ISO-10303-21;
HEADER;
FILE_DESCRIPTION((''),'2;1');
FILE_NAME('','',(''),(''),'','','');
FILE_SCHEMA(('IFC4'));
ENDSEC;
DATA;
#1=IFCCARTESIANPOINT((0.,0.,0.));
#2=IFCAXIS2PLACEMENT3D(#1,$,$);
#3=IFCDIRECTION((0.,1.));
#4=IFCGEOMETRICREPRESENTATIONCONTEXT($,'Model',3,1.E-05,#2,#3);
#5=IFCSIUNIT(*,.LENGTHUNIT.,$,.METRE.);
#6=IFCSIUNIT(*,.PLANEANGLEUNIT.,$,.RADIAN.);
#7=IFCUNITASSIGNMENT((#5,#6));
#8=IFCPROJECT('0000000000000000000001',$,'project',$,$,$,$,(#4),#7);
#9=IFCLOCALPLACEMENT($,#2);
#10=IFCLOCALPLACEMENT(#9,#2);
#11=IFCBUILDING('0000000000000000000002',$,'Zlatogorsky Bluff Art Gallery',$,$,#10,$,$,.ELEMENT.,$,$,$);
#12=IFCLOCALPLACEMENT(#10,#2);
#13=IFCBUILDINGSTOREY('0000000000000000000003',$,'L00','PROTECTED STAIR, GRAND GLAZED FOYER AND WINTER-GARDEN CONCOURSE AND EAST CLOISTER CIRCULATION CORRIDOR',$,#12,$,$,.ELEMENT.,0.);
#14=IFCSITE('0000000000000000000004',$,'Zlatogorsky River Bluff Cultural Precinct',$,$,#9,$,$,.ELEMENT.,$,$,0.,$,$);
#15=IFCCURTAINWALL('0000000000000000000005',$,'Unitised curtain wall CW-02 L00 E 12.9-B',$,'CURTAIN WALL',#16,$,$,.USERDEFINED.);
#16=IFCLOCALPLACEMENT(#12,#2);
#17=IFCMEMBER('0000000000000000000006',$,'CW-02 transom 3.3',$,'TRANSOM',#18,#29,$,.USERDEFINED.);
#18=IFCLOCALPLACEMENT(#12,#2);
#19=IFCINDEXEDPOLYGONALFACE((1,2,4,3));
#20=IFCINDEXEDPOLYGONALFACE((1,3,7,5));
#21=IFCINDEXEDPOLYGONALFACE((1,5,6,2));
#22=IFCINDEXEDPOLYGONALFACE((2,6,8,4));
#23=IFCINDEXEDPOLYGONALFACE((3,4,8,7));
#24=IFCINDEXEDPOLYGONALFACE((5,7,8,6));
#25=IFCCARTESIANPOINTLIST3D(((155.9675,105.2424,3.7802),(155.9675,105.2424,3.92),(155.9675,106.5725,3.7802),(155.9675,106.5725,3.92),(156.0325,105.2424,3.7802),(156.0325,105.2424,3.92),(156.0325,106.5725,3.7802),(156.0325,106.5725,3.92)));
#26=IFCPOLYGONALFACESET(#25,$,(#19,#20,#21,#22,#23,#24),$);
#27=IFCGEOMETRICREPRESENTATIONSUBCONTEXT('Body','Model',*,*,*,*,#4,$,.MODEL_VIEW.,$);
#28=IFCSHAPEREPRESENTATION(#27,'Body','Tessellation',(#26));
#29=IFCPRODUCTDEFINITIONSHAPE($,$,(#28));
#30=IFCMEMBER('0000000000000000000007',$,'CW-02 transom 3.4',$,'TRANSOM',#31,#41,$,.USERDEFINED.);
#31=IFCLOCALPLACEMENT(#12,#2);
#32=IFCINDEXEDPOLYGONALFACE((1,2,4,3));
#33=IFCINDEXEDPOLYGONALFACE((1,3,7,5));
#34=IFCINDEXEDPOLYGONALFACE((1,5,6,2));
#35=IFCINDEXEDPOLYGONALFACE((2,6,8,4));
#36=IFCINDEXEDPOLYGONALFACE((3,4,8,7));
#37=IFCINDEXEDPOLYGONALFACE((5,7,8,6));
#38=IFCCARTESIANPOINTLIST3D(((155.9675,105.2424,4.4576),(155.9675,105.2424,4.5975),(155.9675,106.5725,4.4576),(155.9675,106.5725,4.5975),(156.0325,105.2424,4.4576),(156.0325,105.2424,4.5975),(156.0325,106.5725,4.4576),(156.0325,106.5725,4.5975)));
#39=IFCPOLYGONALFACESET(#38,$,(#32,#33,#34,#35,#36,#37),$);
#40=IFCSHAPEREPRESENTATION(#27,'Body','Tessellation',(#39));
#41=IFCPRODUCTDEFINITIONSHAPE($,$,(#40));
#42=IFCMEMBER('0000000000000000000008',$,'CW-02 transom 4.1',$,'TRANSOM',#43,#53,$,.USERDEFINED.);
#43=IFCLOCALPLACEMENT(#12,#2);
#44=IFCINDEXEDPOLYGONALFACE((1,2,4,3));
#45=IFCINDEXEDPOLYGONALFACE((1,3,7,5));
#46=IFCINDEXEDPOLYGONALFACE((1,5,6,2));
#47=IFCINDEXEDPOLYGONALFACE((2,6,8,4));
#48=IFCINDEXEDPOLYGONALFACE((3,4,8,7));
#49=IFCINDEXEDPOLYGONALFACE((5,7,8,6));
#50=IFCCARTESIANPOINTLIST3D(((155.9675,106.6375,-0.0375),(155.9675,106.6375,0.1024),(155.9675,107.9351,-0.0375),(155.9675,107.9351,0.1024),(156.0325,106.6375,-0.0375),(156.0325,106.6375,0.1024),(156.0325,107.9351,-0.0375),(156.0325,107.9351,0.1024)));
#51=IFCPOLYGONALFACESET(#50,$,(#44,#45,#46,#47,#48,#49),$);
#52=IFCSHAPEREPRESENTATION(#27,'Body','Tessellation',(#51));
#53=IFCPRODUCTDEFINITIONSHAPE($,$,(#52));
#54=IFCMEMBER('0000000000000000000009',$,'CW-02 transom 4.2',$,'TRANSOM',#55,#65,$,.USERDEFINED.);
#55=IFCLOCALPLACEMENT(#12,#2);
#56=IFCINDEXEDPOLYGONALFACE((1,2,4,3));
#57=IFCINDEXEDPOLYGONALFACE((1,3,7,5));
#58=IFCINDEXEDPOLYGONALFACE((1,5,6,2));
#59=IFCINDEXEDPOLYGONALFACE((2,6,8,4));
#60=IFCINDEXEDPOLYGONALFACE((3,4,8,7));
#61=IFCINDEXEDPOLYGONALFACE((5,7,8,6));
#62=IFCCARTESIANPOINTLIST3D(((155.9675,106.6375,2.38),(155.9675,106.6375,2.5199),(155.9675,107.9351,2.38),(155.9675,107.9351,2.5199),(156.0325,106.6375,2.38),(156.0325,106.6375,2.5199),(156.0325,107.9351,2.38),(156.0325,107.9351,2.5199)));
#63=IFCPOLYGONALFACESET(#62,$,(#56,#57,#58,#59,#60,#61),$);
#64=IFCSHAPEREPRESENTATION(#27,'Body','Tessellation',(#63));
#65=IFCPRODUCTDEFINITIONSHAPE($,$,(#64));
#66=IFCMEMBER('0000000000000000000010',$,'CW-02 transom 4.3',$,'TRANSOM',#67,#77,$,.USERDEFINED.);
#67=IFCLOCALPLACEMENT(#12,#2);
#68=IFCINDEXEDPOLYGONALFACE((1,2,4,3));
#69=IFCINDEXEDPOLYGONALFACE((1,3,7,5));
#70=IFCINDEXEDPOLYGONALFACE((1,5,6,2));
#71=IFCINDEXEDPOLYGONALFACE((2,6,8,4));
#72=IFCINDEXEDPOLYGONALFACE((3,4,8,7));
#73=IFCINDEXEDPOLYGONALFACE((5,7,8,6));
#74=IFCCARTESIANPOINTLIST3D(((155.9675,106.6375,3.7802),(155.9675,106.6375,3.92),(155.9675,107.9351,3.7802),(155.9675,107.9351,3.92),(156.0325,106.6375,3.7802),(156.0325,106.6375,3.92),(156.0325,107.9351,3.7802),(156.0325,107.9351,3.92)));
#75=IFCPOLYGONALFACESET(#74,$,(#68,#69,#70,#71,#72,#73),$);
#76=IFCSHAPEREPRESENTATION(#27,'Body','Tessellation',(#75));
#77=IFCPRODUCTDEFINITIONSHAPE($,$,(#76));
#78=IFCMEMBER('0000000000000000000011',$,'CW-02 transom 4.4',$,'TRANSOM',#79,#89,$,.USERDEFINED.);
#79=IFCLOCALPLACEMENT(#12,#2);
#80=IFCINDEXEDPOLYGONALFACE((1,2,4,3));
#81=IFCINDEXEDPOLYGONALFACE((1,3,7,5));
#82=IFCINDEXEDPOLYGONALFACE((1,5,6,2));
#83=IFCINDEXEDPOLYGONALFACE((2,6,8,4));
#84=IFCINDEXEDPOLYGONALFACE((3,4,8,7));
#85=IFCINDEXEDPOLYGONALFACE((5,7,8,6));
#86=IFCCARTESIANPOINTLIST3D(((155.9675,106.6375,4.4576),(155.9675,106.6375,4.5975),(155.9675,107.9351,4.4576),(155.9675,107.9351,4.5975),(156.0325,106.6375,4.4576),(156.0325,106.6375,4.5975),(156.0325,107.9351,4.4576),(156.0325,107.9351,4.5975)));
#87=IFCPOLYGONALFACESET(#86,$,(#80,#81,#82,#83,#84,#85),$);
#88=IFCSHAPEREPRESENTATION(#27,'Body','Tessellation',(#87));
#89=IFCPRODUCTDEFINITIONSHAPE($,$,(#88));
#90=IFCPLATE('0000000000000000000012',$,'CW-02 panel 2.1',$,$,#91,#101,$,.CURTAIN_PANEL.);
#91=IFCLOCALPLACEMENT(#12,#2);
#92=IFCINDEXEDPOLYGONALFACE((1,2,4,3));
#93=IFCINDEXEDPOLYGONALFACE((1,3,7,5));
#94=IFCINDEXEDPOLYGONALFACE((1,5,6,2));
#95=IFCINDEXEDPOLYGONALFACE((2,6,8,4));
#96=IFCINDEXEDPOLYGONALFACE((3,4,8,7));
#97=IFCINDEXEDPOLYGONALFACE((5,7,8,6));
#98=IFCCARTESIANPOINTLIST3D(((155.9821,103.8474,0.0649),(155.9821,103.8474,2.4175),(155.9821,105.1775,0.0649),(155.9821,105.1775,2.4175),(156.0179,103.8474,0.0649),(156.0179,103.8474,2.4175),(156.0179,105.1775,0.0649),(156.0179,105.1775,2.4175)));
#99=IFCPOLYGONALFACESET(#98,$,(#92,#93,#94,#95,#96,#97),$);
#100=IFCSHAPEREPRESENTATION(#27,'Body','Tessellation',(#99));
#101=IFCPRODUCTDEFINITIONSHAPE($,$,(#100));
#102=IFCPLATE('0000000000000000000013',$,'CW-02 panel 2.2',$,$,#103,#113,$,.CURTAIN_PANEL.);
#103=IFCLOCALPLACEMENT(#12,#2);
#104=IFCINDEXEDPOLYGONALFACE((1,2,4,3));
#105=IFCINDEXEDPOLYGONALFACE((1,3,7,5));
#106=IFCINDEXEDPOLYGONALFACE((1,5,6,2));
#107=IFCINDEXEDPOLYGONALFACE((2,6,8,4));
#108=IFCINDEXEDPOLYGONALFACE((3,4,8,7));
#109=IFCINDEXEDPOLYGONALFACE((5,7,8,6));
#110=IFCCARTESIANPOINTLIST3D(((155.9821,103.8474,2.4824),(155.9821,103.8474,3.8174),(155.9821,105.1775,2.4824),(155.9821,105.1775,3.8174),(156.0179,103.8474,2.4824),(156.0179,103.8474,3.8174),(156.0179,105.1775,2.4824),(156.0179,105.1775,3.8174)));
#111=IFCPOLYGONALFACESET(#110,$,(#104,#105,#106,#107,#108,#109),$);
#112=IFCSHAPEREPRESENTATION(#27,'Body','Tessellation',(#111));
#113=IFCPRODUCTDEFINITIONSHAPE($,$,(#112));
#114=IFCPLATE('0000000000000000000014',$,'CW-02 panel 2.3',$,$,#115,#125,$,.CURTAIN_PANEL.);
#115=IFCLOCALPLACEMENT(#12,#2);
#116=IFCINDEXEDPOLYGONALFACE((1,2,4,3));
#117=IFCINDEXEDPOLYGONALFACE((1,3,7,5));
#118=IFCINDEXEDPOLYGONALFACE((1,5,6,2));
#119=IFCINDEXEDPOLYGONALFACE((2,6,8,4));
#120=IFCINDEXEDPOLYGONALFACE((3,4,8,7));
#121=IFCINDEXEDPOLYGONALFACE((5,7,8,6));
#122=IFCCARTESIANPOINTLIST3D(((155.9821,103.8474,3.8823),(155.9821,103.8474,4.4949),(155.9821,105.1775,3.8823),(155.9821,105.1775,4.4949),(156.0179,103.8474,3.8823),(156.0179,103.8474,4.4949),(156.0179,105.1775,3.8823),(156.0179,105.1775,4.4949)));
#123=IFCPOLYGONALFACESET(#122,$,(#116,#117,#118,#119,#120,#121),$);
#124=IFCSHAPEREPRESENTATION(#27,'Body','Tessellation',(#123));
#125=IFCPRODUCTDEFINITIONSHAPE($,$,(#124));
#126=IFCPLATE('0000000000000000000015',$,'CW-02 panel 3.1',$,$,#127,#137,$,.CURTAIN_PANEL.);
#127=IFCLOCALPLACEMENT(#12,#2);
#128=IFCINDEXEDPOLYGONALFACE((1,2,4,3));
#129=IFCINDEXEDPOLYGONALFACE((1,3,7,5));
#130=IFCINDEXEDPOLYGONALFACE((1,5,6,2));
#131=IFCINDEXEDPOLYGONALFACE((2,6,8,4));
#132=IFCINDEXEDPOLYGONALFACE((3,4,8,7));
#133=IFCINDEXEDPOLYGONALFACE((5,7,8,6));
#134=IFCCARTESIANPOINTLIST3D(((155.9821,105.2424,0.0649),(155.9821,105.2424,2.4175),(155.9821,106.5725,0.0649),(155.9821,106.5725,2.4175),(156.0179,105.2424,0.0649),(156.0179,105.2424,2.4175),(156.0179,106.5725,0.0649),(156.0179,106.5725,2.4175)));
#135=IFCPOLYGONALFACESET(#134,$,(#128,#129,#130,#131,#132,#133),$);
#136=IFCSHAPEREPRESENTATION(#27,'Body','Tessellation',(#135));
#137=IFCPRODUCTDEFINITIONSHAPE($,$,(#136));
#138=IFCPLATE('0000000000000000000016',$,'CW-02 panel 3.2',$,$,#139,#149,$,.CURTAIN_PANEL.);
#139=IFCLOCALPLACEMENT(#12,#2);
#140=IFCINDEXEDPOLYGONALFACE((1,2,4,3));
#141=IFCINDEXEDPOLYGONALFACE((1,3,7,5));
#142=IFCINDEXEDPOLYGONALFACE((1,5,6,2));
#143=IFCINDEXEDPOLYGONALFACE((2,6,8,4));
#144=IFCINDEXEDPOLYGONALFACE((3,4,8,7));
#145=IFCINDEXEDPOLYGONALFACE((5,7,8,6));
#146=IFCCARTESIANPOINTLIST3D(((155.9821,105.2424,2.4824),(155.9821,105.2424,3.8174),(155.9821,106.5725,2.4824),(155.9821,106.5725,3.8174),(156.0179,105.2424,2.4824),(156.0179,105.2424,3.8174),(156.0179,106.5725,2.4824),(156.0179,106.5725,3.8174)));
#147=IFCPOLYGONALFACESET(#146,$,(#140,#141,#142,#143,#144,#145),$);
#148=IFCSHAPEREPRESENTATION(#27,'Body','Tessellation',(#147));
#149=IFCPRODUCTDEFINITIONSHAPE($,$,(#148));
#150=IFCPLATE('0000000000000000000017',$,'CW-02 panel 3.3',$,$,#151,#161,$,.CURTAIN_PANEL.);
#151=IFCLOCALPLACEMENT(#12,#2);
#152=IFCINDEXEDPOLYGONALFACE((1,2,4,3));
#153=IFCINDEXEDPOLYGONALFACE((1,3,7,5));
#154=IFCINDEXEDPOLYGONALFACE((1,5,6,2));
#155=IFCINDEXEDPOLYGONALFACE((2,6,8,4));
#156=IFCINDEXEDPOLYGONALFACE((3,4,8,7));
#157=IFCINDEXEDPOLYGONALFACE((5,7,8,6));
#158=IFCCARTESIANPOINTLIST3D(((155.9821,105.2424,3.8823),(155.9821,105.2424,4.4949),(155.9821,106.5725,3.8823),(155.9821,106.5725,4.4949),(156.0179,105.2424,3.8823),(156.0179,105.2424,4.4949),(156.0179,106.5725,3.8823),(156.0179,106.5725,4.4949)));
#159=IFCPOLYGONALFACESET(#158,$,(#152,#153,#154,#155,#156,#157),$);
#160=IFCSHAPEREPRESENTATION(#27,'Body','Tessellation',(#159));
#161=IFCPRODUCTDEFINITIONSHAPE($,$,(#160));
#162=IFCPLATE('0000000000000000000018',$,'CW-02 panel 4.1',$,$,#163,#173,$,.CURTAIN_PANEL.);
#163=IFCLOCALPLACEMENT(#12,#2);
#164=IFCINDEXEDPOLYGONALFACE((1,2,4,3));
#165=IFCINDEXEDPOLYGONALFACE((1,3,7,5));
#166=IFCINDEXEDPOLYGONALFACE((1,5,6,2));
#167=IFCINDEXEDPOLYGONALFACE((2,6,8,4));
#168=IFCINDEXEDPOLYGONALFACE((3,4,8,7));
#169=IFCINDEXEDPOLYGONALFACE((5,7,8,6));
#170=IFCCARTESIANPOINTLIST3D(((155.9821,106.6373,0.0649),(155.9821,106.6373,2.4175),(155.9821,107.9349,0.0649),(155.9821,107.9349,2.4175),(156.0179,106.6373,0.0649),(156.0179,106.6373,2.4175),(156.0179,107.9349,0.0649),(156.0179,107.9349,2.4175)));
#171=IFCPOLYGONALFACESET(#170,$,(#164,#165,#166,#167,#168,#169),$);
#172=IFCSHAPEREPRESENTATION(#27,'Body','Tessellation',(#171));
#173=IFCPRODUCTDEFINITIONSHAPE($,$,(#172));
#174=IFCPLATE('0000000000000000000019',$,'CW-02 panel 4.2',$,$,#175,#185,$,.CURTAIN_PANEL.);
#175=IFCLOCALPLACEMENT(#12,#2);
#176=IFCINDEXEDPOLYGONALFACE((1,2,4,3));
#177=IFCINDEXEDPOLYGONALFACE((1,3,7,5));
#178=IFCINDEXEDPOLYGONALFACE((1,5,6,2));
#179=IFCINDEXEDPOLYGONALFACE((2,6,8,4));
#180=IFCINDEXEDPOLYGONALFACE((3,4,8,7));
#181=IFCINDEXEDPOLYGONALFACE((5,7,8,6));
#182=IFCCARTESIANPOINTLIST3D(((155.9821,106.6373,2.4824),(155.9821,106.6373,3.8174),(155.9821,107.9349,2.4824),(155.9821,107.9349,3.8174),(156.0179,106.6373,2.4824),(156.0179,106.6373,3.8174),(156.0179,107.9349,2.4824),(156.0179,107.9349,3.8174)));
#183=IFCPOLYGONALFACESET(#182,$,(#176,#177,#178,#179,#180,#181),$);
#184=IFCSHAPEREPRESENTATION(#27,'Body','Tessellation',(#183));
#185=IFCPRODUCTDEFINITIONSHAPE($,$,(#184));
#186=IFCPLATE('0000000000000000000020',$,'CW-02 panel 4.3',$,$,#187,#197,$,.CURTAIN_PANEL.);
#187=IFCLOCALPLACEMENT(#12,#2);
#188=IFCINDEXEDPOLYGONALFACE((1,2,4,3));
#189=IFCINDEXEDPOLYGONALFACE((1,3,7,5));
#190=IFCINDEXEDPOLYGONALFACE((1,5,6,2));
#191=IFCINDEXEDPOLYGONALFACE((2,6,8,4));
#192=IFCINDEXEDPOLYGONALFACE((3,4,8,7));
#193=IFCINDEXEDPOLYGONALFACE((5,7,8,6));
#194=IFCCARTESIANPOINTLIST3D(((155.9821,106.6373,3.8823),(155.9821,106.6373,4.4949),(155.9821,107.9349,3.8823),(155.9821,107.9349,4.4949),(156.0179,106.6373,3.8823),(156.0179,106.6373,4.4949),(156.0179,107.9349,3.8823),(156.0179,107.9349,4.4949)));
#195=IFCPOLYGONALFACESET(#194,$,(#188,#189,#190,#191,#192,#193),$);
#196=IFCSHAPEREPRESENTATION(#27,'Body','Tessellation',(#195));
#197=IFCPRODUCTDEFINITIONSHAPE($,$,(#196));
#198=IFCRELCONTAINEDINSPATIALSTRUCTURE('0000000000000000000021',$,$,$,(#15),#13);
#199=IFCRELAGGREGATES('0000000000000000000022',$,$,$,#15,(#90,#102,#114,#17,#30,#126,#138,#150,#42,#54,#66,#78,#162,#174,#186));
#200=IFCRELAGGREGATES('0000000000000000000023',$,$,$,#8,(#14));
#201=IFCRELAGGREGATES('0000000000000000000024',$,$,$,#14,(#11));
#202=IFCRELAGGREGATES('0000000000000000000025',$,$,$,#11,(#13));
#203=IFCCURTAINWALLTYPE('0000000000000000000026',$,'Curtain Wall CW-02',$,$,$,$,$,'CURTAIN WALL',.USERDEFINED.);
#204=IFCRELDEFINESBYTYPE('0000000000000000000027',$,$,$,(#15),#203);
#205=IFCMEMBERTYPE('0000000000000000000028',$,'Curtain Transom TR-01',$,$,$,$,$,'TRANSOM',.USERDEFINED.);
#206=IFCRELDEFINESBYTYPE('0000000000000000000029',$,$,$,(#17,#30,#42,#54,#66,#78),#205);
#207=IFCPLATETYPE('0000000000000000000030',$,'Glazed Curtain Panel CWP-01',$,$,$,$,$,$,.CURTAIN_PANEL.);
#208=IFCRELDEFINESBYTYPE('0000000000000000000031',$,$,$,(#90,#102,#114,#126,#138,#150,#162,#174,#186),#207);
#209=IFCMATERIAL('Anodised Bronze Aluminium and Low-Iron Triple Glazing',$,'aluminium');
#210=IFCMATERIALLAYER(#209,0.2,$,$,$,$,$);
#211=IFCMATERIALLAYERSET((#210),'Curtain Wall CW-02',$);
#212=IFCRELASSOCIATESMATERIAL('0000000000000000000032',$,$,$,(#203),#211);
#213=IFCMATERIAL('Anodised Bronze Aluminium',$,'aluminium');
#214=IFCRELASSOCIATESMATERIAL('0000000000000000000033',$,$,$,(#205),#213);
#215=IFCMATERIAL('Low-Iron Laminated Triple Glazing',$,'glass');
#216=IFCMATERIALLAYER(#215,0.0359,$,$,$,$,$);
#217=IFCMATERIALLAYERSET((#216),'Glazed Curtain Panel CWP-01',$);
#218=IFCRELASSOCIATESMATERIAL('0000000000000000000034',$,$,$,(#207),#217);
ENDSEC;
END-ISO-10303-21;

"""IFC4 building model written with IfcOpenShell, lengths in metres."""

from ifc_helpers import new_model, si_unit, direction, frame, origin, origin_2d, place, context, subcontext, project, spatial, rectangle, extrude, material, layer, layer_set, material_profile, profile_set, type_object, element, aggregate, save


model = new_model("IFC4")

# Units and contexts
model_context = context("Model", 3, precision=1e-05, world=origin(), true_north=direction((0.0, 1.0)))
body_context = subcontext(model_context, "Body", "Model", "MODEL_VIEW")
ifc_project = project(units=[si_unit("LENGTHUNIT", "METRE"), si_unit("PLANEANGLEUNIT", "RADIAN")], contexts=[model_context])

# Site, building, storey
site_placement = place(None, origin())
site = spatial("IfcSite", under=ifc_project, at=site_placement, Name="Zlatogorsky River Bluff Cultural Precinct", CompositionType="ELEMENT", RefElevation=0.0)
building_placement = place(site_placement, origin())
building = spatial("IfcBuilding", under=site, at=building_placement, Name="Zlatogorsky Bluff Art Gallery", CompositionType="ELEMENT")
storey_placement = place(building_placement, origin())
storey = spatial("IfcBuildingStorey", under=building, at=storey_placement, Name="L00", Description="PROTECTED STAIR, GRAND GLAZED FOYER AND WINTER-GARDEN CONCOURSE AND EAST CLOISTER CIRCULATION CORRIDOR", CompositionType="ELEMENT", Elevation=0.0)

# Shared definitions
ifc_material_1 = material(Name="Anodised Bronze Aluminium and Low-Iron Triple Glazing", Category="aluminium")
ifc_material_2 = material(Name="Anodised Bronze Aluminium", Category="aluminium")

# Curtain wall, members, plates
ifc_layer_1 = layer(ifc_material_1, 0.2)
ifc_layer_set_1 = layer_set([ifc_layer_1], Name="Curtain Wall CW-02")
curtain_wall_type_1 = type_object("IfcCurtainWallType", Name="Curtain Wall CW-02", ElementType="CURTAIN WALL", PredefinedType="USERDEFINED", material=ifc_layer_set_1)
curtain_wall_1_placement = place(storey_placement, origin())
curtain_wall_1 = element("IfcCurtainWall", 1, at=curtain_wall_1_placement, inside=storey, type_object=curtain_wall_type_1, Name="Unitised curtain wall CW-02 L00 E 12.9-B", ObjectType="CURTAIN WALL", PredefinedType="USERDEFINED")
ifc_material_profile_1 = material_profile(ifc_material_2, rectangle(XDim=0.0649, YDim=0.1399, at=origin_2d()), Name="ALU TRANSOM 65x140")
ifc_profile_set_1 = profile_set([ifc_material_profile_1], Name="Anodised Bronze Aluminium")
member_type_1 = type_object("IfcMemberType", Name="Curtain Transom TR-01", ElementType="TRANSOM", PredefinedType="USERDEFINED", material=ifc_profile_set_1)
member_1_placement = place(storey_placement, frame((156.0, 105.2424, 3.8501), z_axis=(0.0, 1.0, 0.0), x_axis=(-1.0, 0.0, 0.0)))
member_1 = element("IfcMember", 2, at=member_1_placement, type_object=member_type_1, Name="CW-02 transom 3.3", ObjectType="TRANSOM", PredefinedType="USERDEFINED", context=body_context, shape_type="SweptSolid", body=[
    extrude(rectangle(XDim=0.0649, YDim=0.1399, at=origin_2d()), origin(), (0.0, 0.0, 1.0), 1.3301),
])
member_2_placement = place(storey_placement, frame((156.0, 105.2424, 4.5276), z_axis=(0.0, 1.0, 0.0), x_axis=(-1.0, 0.0, 0.0)))
member_2 = element("IfcMember", 3, at=member_2_placement, type_object=member_type_1, Name="CW-02 transom 3.4", ObjectType="TRANSOM", PredefinedType="USERDEFINED", context=body_context, shape_type="SweptSolid", body=[
    extrude(rectangle(XDim=0.0649, YDim=0.1399, at=origin_2d()), origin(), (0.0, 0.0, 1.0), 1.3301),
])
member_3_placement = place(storey_placement, frame((156.0, 106.6375, 0.0325), z_axis=(0.0, 1.0, 0.0), x_axis=(-1.0, 0.0, 0.0)))
member_3 = element("IfcMember", 4, at=member_3_placement, type_object=member_type_1, Name="CW-02 transom 4.1", ObjectType="TRANSOM", PredefinedType="USERDEFINED", context=body_context, shape_type="SweptSolid", body=[
    extrude(rectangle(XDim=0.0649, YDim=0.1399, at=origin_2d()), origin(), (0.0, 0.0, 1.0), 1.2976),
])
member_4_placement = place(storey_placement, frame((156.0, 106.6375, 2.45), z_axis=(0.0, 1.0, 0.0), x_axis=(-1.0, 0.0, 0.0)))
member_4 = element("IfcMember", 5, at=member_4_placement, type_object=member_type_1, Name="CW-02 transom 4.2", ObjectType="TRANSOM", PredefinedType="USERDEFINED", context=body_context, shape_type="SweptSolid", body=[
    extrude(rectangle(XDim=0.0649, YDim=0.1399, at=origin_2d()), origin(), (0.0, 0.0, 1.0), 1.2976),
])
member_5_placement = place(storey_placement, frame((156.0, 106.6375, 3.8501), z_axis=(0.0, 1.0, 0.0), x_axis=(-1.0, 0.0, 0.0)))
member_5 = element("IfcMember", 6, at=member_5_placement, type_object=member_type_1, Name="CW-02 transom 4.3", ObjectType="TRANSOM", PredefinedType="USERDEFINED", context=body_context, shape_type="SweptSolid", body=[
    extrude(rectangle(XDim=0.0649, YDim=0.1399, at=origin_2d()), origin(), (0.0, 0.0, 1.0), 1.2976),
])
member_6_placement = place(storey_placement, frame((156.0, 106.6375, 4.5276), z_axis=(0.0, 1.0, 0.0), x_axis=(-1.0, 0.0, 0.0)))
member_6 = element("IfcMember", 7, at=member_6_placement, type_object=member_type_1, Name="CW-02 transom 4.4", ObjectType="TRANSOM", PredefinedType="USERDEFINED", context=body_context, shape_type="SweptSolid", body=[
    extrude(rectangle(XDim=0.0649, YDim=0.1399, at=origin_2d()), origin(), (0.0, 0.0, 1.0), 1.2976),
])
ifc_material_3 = material(Name="Low-Iron Laminated Triple Glazing", Category="glass")
ifc_layer_2 = layer(ifc_material_3, 0.0359)
ifc_layer_set_2 = layer_set([ifc_layer_2], Name="Glazed Curtain Panel CWP-01")
plate_type = type_object("IfcPlateType", Name="Glazed Curtain Panel CWP-01", PredefinedType="CURTAIN_PANEL", material=ifc_layer_set_2)
plate_1_placement = place(storey_placement, frame((156.0, 104.5125, 0.0649), z_axis=(0.0, 0.0, 1.0), x_axis=(0.0, 1.0, 0.0)))
plate_1 = element("IfcPlate", 8, at=plate_1_placement, type_object=plate_type, Name="CW-02 panel 2.1", PredefinedType="CURTAIN_PANEL", context=body_context, shape_type="SweptSolid", body=[
    extrude(rectangle(XDim=1.3301, YDim=0.0359, at=origin_2d()), origin(), (0.0, 0.0, 1.0), 2.3525),
])
plate_2_placement = place(storey_placement, frame((156.0, 104.5125, 2.4824), z_axis=(0.0, 0.0, 1.0), x_axis=(0.0, 1.0, 0.0)))
plate_2 = element("IfcPlate", 9, at=plate_2_placement, type_object=plate_type, Name="CW-02 panel 2.2", PredefinedType="CURTAIN_PANEL", context=body_context, shape_type="SweptSolid", body=[
    extrude(rectangle(XDim=1.3301, YDim=0.0359, at=origin_2d()), origin(), (0.0, 0.0, 1.0), 1.335),
])
plate_3_placement = place(storey_placement, frame((156.0, 104.5125, 3.8823), z_axis=(0.0, 0.0, 1.0), x_axis=(0.0, 1.0, 0.0)))
plate_3 = element("IfcPlate", 10, at=plate_3_placement, type_object=plate_type, Name="CW-02 panel 2.3", PredefinedType="CURTAIN_PANEL", context=body_context, shape_type="SweptSolid", body=[
    extrude(rectangle(XDim=1.3301, YDim=0.0359, at=origin_2d()), origin(), (0.0, 0.0, 1.0), 0.6125),
])
plate_4_placement = place(storey_placement, frame((156.0, 105.9075, 0.0649), z_axis=(0.0, 0.0, 1.0), x_axis=(0.0, 1.0, 0.0)))
plate_4 = element("IfcPlate", 11, at=plate_4_placement, type_object=plate_type, Name="CW-02 panel 3.1", PredefinedType="CURTAIN_PANEL", context=body_context, shape_type="SweptSolid", body=[
    extrude(rectangle(XDim=1.3301, YDim=0.0359, at=origin_2d()), origin(), (0.0, 0.0, 1.0), 2.3525),
])
plate_5_placement = place(storey_placement, frame((156.0, 105.9075, 2.4824), z_axis=(0.0, 0.0, 1.0), x_axis=(0.0, 1.0, 0.0)))
plate_5 = element("IfcPlate", 12, at=plate_5_placement, type_object=plate_type, Name="CW-02 panel 3.2", PredefinedType="CURTAIN_PANEL", context=body_context, shape_type="SweptSolid", body=[
    extrude(rectangle(XDim=1.3301, YDim=0.0359, at=origin_2d()), origin(), (0.0, 0.0, 1.0), 1.335),
])
plate_6_placement = place(storey_placement, frame((156.0, 105.9075, 3.8823), z_axis=(0.0, 0.0, 1.0), x_axis=(0.0, 1.0, 0.0)))
plate_6 = element("IfcPlate", 13, at=plate_6_placement, type_object=plate_type, Name="CW-02 panel 3.3", PredefinedType="CURTAIN_PANEL", context=body_context, shape_type="SweptSolid", body=[
    extrude(rectangle(XDim=1.3301, YDim=0.0359, at=origin_2d()), origin(), (0.0, 0.0, 1.0), 0.6125),
])
plate_7_placement = place(storey_placement, frame((156.0, 107.2861, 0.0649), z_axis=(0.0, 0.0, 1.0), x_axis=(0.0, 1.0, 0.0)))
plate_7 = element("IfcPlate", 14, at=plate_7_placement, type_object=plate_type, Name="CW-02 panel 4.1", PredefinedType="CURTAIN_PANEL", context=body_context, shape_type="SweptSolid", body=[
    extrude(rectangle(XDim=1.2976, YDim=0.0359, at=origin_2d()), origin(), (0.0, 0.0, 1.0), 2.3525),
])
plate_8_placement = place(storey_placement, frame((156.0, 107.2861, 2.4824), z_axis=(0.0, 0.0, 1.0), x_axis=(0.0, 1.0, 0.0)))
plate_8 = element("IfcPlate", 15, at=plate_8_placement, type_object=plate_type, Name="CW-02 panel 4.2", PredefinedType="CURTAIN_PANEL", context=body_context, shape_type="SweptSolid", body=[
    extrude(rectangle(XDim=1.2976, YDim=0.0359, at=origin_2d()), origin(), (0.0, 0.0, 1.0), 1.335),
])
plate_9_placement = place(storey_placement, frame((156.0, 107.2861, 3.8823), z_axis=(0.0, 0.0, 1.0), x_axis=(0.0, 1.0, 0.0)))
plate_9 = element("IfcPlate", 16, at=plate_9_placement, type_object=plate_type, Name="CW-02 panel 4.3", PredefinedType="CURTAIN_PANEL", context=body_context, shape_type="SweptSolid", body=[
    extrude(rectangle(XDim=1.2976, YDim=0.0359, at=origin_2d()), origin(), (0.0, 0.0, 1.0), 0.6125),
])
aggregate(curtain_wall_1, [plate_1, plate_2, plate_3, member_1, member_2, plate_4, plate_5, plate_6, member_3, member_4, member_5, member_6, plate_7, plate_8, plate_9])

save(model, "model.ifc")
